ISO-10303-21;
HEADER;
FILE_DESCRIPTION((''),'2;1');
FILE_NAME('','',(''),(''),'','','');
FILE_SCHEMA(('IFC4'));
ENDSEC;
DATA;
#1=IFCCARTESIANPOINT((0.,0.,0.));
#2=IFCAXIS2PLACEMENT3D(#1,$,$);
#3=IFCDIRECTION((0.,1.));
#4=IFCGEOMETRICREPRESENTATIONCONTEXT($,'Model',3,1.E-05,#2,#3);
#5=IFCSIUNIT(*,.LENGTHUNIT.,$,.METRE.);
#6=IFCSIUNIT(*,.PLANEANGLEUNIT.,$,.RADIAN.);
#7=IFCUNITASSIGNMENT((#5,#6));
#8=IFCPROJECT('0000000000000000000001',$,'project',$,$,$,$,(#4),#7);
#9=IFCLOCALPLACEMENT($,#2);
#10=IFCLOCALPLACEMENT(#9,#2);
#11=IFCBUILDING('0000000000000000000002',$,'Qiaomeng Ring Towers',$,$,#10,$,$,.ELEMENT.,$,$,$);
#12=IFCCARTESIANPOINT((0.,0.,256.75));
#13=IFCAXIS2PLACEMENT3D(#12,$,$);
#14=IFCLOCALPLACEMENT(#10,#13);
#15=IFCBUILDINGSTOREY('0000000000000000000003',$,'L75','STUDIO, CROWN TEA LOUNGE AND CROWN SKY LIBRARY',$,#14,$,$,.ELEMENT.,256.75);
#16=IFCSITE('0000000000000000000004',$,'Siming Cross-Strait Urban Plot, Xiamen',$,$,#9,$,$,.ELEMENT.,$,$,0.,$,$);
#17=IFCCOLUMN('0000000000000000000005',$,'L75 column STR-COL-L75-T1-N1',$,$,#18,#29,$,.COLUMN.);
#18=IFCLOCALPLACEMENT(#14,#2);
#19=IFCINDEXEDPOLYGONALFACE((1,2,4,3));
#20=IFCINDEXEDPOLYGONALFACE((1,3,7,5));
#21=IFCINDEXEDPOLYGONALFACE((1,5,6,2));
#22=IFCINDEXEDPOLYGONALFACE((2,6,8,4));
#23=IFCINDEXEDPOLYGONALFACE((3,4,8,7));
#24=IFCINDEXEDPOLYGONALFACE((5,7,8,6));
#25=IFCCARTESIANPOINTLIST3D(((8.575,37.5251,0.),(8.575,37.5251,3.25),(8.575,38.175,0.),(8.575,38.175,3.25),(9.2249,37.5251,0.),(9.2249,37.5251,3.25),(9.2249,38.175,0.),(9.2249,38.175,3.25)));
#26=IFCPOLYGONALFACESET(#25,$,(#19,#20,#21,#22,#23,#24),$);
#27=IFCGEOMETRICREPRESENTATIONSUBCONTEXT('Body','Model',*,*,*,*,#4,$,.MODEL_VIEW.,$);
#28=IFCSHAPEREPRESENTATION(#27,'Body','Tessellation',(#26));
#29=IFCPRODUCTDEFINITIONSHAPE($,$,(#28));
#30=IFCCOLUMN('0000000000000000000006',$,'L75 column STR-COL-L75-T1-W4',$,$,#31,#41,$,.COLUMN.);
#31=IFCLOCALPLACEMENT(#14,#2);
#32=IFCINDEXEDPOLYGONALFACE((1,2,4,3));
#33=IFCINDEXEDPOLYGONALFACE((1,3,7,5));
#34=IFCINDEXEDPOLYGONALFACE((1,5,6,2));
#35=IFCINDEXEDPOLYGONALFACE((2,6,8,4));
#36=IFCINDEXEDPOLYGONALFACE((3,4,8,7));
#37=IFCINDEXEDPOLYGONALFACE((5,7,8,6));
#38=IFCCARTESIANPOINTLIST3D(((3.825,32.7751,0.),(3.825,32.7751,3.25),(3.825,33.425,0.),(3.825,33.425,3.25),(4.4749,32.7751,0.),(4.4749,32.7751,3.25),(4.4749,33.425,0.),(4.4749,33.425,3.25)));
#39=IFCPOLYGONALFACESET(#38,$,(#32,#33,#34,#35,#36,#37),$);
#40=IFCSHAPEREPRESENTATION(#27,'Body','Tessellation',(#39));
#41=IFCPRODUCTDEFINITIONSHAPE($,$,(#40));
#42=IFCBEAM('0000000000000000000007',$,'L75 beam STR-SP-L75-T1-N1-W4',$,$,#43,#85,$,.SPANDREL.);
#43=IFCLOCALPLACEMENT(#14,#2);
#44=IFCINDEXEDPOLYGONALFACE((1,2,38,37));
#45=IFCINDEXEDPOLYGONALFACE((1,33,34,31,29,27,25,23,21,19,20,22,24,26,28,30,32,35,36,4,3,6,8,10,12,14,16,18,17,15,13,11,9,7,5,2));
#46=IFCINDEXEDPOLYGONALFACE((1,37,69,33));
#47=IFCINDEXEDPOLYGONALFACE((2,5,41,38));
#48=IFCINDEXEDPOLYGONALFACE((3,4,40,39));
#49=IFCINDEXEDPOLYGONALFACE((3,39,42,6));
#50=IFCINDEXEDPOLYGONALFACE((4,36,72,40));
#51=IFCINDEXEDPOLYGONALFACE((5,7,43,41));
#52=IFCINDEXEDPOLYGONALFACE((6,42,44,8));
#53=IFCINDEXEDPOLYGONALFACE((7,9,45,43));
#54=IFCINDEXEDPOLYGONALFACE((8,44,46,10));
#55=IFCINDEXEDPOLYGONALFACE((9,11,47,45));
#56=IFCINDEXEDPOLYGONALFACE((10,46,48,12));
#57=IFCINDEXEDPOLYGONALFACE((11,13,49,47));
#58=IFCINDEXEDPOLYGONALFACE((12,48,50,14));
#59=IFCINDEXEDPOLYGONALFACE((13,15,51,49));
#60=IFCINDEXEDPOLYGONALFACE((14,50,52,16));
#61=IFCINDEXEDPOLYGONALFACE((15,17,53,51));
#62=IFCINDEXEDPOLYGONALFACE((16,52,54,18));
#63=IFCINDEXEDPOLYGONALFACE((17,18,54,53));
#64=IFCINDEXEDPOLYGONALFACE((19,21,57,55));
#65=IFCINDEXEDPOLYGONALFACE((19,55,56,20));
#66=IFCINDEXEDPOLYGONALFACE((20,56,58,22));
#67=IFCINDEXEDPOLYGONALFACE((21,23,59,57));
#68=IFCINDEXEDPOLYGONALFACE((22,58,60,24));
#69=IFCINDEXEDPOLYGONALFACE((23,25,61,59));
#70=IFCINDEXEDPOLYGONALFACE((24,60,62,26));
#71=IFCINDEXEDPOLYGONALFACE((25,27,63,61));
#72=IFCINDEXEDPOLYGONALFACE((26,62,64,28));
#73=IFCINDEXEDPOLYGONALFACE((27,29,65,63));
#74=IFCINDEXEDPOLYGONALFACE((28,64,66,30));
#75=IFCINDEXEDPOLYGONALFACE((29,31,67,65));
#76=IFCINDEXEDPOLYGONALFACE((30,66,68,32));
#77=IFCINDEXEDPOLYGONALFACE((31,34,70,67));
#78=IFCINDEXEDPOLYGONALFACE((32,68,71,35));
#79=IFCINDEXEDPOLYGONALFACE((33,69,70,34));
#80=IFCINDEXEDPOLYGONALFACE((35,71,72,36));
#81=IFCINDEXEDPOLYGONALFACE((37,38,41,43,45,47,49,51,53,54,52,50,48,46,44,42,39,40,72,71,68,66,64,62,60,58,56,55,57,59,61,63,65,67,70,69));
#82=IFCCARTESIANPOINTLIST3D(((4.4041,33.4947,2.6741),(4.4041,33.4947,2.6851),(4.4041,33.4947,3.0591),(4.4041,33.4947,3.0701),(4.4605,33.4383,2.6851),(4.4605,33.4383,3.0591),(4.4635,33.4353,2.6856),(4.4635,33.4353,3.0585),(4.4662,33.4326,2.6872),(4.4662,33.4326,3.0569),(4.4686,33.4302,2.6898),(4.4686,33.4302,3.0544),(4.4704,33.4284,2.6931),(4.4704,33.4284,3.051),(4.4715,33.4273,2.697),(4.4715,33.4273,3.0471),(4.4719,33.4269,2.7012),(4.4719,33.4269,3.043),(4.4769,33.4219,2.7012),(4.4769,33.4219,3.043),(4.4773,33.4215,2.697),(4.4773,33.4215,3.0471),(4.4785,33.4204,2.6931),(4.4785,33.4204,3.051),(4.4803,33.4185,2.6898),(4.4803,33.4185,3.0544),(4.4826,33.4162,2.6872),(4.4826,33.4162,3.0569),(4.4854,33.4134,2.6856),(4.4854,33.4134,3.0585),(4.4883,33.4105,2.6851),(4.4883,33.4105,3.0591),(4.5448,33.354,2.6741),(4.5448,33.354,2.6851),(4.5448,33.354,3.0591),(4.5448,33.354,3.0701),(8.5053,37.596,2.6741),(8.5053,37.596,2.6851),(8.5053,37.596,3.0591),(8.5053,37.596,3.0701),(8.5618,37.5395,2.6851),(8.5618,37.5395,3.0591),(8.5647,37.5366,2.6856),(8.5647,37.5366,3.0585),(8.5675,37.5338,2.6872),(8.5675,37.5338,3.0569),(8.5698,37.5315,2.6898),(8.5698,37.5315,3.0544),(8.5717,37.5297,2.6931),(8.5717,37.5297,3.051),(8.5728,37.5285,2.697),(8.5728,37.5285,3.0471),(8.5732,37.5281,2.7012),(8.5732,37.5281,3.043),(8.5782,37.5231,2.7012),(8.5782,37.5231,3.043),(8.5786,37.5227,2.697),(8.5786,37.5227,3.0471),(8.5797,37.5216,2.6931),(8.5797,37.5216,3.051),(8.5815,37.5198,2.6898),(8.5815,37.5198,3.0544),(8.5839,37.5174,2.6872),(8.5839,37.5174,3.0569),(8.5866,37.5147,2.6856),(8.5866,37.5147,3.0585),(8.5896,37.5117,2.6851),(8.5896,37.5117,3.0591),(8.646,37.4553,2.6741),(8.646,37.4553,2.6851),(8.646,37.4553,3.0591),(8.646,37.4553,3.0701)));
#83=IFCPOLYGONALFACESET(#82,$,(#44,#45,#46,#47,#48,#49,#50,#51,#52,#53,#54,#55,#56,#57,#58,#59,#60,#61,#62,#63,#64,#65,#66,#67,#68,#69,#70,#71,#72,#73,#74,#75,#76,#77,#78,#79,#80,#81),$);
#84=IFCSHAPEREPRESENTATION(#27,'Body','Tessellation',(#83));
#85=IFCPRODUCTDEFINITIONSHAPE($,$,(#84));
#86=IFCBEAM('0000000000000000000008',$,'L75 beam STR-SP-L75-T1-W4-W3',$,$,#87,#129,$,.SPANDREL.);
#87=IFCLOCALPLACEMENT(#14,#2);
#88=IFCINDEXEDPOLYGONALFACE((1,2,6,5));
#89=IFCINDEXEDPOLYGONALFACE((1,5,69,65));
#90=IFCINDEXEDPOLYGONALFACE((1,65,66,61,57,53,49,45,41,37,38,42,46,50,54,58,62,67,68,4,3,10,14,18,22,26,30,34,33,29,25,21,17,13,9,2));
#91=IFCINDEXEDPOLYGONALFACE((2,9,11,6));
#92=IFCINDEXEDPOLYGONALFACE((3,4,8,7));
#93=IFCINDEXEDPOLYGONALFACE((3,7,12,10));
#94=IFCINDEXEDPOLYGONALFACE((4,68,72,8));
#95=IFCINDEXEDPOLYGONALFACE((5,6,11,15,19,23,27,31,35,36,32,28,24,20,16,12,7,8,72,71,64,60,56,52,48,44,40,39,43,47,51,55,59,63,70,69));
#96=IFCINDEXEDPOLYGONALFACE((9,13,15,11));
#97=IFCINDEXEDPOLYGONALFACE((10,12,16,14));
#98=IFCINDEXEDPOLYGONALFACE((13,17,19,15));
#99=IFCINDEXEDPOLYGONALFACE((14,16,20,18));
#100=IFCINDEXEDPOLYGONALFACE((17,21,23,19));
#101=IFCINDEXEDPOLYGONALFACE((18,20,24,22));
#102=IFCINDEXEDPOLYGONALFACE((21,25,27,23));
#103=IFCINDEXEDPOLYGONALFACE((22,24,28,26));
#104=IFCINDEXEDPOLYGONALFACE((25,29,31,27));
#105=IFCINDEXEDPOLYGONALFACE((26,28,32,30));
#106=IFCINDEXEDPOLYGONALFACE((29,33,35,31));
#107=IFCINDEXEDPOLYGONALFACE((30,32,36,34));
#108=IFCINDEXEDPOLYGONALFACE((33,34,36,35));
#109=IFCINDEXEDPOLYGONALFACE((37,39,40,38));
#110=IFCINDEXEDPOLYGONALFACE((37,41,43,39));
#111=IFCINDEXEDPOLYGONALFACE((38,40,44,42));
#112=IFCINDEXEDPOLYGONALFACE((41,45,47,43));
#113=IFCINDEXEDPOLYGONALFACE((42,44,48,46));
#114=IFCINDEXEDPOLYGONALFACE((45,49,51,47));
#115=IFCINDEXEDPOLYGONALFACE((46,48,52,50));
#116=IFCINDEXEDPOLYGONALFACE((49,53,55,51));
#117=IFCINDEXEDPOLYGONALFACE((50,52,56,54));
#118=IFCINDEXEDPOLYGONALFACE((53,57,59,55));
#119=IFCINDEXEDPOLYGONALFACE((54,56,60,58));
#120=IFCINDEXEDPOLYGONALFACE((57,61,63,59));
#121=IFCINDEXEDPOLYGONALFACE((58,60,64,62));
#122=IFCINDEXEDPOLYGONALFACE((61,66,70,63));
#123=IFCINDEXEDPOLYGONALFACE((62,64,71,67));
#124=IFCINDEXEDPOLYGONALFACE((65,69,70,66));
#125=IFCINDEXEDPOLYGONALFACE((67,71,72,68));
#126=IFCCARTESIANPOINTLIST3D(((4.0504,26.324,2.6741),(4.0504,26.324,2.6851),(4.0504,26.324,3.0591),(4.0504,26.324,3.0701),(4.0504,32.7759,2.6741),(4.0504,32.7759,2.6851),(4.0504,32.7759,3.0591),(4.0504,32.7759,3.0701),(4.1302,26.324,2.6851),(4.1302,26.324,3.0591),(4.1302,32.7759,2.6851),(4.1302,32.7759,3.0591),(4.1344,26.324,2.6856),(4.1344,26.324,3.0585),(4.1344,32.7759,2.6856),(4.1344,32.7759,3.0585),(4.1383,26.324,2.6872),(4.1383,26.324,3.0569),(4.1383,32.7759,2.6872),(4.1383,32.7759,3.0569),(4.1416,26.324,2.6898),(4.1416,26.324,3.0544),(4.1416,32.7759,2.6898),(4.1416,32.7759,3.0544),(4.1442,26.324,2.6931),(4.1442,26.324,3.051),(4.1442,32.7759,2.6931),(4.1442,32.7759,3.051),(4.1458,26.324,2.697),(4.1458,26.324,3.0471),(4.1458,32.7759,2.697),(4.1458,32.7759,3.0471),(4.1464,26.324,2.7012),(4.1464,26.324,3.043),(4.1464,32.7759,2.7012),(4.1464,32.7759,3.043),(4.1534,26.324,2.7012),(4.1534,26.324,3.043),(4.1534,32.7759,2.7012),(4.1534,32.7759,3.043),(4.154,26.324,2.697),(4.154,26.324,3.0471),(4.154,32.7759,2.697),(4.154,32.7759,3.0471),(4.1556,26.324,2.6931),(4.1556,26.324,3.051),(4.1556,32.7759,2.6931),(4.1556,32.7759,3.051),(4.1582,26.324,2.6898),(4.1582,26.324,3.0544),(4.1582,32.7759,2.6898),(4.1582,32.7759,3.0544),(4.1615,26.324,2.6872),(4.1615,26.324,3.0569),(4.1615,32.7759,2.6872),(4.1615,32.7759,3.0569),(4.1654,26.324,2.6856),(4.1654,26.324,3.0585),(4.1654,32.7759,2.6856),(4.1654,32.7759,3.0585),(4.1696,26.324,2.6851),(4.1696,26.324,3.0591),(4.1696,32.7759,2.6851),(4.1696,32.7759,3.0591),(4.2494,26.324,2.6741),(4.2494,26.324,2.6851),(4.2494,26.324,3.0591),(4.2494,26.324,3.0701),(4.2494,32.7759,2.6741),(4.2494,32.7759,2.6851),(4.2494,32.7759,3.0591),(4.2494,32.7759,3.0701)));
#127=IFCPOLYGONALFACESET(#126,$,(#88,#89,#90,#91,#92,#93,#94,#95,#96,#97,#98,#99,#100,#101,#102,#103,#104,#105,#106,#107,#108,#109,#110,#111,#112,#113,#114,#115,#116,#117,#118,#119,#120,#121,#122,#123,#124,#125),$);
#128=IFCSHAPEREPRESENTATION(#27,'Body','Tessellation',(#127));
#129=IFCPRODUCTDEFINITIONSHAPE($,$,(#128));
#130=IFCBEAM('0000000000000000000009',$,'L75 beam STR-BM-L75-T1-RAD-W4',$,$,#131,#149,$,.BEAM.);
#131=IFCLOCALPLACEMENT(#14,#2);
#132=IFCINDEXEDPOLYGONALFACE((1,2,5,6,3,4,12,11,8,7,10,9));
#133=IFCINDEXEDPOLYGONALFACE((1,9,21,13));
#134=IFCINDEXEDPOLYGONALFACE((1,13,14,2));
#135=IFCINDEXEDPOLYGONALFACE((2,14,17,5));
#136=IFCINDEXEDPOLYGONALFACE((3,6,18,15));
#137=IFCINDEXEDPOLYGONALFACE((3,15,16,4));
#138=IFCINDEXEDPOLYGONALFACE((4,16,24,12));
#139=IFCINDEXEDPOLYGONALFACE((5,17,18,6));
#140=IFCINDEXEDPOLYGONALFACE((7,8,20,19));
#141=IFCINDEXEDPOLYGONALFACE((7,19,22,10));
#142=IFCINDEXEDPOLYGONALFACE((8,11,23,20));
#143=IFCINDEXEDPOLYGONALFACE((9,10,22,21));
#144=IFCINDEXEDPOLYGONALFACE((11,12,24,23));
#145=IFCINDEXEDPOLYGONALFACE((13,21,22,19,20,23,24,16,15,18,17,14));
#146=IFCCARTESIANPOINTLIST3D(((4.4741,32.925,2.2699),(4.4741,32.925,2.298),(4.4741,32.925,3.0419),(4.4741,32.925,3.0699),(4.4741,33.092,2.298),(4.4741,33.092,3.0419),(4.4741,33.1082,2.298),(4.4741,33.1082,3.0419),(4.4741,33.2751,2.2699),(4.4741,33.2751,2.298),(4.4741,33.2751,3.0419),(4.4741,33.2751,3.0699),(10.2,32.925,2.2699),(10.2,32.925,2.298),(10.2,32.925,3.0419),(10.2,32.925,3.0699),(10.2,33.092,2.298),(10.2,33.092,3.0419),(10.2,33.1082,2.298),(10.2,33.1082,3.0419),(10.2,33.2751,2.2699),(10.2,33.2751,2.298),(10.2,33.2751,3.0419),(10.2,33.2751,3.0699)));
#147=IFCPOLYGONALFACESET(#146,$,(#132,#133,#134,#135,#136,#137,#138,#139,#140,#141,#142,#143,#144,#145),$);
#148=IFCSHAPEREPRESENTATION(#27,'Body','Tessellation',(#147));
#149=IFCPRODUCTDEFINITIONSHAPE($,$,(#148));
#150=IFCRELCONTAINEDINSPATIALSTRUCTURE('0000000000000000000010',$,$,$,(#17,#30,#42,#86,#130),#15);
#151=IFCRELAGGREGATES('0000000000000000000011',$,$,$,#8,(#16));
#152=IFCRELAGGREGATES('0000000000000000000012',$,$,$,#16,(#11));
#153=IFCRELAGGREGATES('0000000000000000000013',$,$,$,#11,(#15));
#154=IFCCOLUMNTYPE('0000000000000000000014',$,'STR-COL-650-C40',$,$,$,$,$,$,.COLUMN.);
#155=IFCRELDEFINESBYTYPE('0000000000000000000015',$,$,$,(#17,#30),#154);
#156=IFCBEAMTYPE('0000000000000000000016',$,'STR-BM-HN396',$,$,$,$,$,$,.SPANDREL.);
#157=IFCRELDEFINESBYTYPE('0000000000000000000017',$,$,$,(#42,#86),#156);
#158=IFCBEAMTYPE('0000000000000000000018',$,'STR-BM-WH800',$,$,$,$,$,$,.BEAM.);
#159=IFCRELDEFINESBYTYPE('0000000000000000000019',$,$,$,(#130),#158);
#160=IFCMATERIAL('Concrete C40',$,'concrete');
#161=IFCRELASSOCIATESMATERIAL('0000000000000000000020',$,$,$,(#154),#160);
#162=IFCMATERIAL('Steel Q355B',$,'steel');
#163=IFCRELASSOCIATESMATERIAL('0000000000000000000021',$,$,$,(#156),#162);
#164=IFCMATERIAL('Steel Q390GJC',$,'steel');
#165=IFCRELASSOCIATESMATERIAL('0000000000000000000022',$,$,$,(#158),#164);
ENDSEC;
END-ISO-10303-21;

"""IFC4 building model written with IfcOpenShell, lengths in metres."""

from ifc_helpers import new_model, si_unit, direction, frame, origin, origin_2d, place, context, subcontext, project, spatial, rectangle, i_section, extrude, source, transform, mapped, material, material_profile, profile_set, type_object, element, save


model = new_model("IFC4")

# Units and contexts
model_context = context("Model", 3, precision=1e-05, world=origin(), true_north=direction((0.0, 1.0)))
body_context = subcontext(model_context, "Body", "Model", "MODEL_VIEW")
ifc_project = project(units=[si_unit("LENGTHUNIT", "METRE"), si_unit("PLANEANGLEUNIT", "RADIAN")], contexts=[model_context])

# Site, building, storey
site_placement = place(None, origin())
site = spatial("IfcSite", under=ifc_project, at=site_placement, Name="Siming Cross-Strait Urban Plot, Xiamen", CompositionType="ELEMENT", RefElevation=0.0)
building_placement = place(site_placement, origin())
building = spatial("IfcBuilding", under=site, at=building_placement, Name="Qiaomeng Ring Towers", CompositionType="ELEMENT")
storey_placement = place(building_placement, frame((0.0, 0.0, 256.75)))
storey = spatial("IfcBuildingStorey", under=building, at=storey_placement, Name="L75", Description="STUDIO, CROWN TEA LOUNGE AND CROWN SKY LIBRARY", CompositionType="ELEMENT", Elevation=256.75)

# Columns
ifc_material_1 = material(Name="Concrete C40", Category="concrete")
ifc_material_profile_1 = material_profile(ifc_material_1, rectangle(XDim=0.6499, YDim=0.6499, at=origin_2d()), Name="RC COL 650x650")
ifc_profile_set_1 = profile_set([ifc_material_profile_1], Name="Concrete C40")
column_type = type_object("IfcColumnType", Name="STR-COL-650-C40", PredefinedType="COLUMN", material=ifc_profile_set_1)
shared_shape_1 = source(origin(), body_context, "Body", "SweptSolid", [
    extrude(rectangle(XDim=0.6499, YDim=0.6499, at=origin_2d()), origin(), (0.0, 0.0, 1.0), 3.25),
])
for number, where, z_axis, x_axis, name in (
    (1, (8.8999, 37.8501, 0.0), (0.0, 0.0, 1.0), (1.0, 0.0, 0.0), "L75 column STR-COL-L75-T1-N1"),
    (2, (4.1499, 33.1001, 0.0), (0.0, 0.0, 1.0), (1.0, 0.0, 0.0), "L75 column STR-COL-L75-T1-W4"),
):
    element("IfcColumn", number, at=place(storey_placement, frame(where, z_axis=z_axis, x_axis=x_axis)), inside=storey, type_object=column_type, Name=name, PredefinedType="COLUMN", context=body_context, shape_type="MappedRepresentation", body=[
        mapped(shared_shape_1, transform((0.0, 0.0, 0.0), x_axis=(1.0, 0.0, 0.0), y_axis=(0.0, 1.0, 0.0), z_axis=(0.0, 0.0, 1.0), scale=1.0)),
    ])

# Beams
ifc_material_2 = material(Name="Steel Q355B", Category="steel")
ifc_material_profile_2 = material_profile(ifc_material_2, i_section(OverallWidth=0.199, OverallDepth=0.396, WebThickness=0.0071, FlangeThickness=0.011, FilletRadius=0.0161, at=origin_2d()), Name="HN 396x199x7x11")
ifc_profile_set_2 = profile_set([ifc_material_profile_2], Name="Steel Q355B")
beam_type_1 = type_object("IfcBeamType", Name="STR-BM-HN396", PredefinedType="SPANDREL", material=ifc_profile_set_2)
shared_shape_2 = source(origin(), body_context, "Body", "SweptSolid", [
    extrude(i_section(OverallWidth=0.199, OverallDepth=0.396, WebThickness=0.0071, FlangeThickness=0.011, FilletRadius=0.0161, at=origin_2d()), origin(), (0.0, 0.0, 1.0), 5.8),
])
beam_1_placement = place(storey_placement, frame((8.5757, 37.5256, 2.8721), z_axis=(-0.707107, -0.707107, 0.0), x_axis=(0.707107, -0.707107, 0.0)))
element("IfcBeam", 3, at=beam_1_placement, inside=storey, type_object=beam_type_1, Name="L75 beam STR-SP-L75-T1-N1-W4", PredefinedType="SPANDREL", context=body_context, shape_type="MappedRepresentation", body=[
    mapped(shared_shape_2, transform((0.0, 0.0, 0.0), x_axis=(1.0, 0.0, 0.0), y_axis=(0.0, 1.0, 0.0), z_axis=(0.0, 0.0, 1.0), scale=1.0)),
])
shared_shape_3 = source(origin(), body_context, "Body", "SweptSolid", [
    extrude(i_section(OverallWidth=0.199, OverallDepth=0.396, WebThickness=0.0071, FlangeThickness=0.011, FilletRadius=0.0161, at=origin_2d()), origin(), (0.0, 0.0, 1.0), 6.4519),
])
beam_2_placement = place(storey_placement, frame((4.1499, 32.7759, 2.8721), z_axis=(0.0, -1.0, 0.0), x_axis=(1.0, 0.0, 0.0)))
element("IfcBeam", 4, at=beam_2_placement, inside=storey, type_object=beam_type_1, Name="L75 beam STR-SP-L75-T1-W4-W3", PredefinedType="SPANDREL", context=body_context, shape_type="MappedRepresentation", body=[
    mapped(shared_shape_3, transform((0.0, 0.0, 0.0), x_axis=(1.0, 0.0, 0.0), y_axis=(0.0, 1.0, 0.0), z_axis=(0.0, 0.0, 1.0), scale=1.0)),
])
ifc_material_3 = material(Name="Steel Q390GJC", Category="steel")
ifc_material_profile_3 = material_profile(ifc_material_3, i_section(OverallWidth=0.3501, OverallDepth=0.8, WebThickness=0.0161, FlangeThickness=0.0281, at=origin_2d()), Name="WH 800x350x16x28")
ifc_profile_set_3 = profile_set([ifc_material_profile_3], Name="Steel Q390GJC")
beam_type_2 = type_object("IfcBeamType", Name="STR-BM-WH800", PredefinedType="BEAM", material=ifc_profile_set_3)
shared_shape_4 = source(origin(), body_context, "Body", "SweptSolid", [
    extrude(i_section(OverallWidth=0.3501, OverallDepth=0.8, WebThickness=0.0161, FlangeThickness=0.0281, at=origin_2d()), origin(), (0.0, 0.0, 1.0), 5.7258),
])
beam_3_placement = place(storey_placement, frame((4.4741, 33.1001, 2.6699), z_axis=(1.0, 0.0, 0.0), x_axis=(0.0, 1.0, 0.0)))
element("IfcBeam", 5, at=beam_3_placement, inside=storey, type_object=beam_type_2, Name="L75 beam STR-BM-L75-T1-RAD-W4", PredefinedType="BEAM", context=body_context, shape_type="MappedRepresentation", body=[
    mapped(shared_shape_4, transform((0.0, 0.0, 0.0), x_axis=(1.0, 0.0, 0.0), y_axis=(0.0, 1.0, 0.0), z_axis=(0.0, 0.0, 1.0), scale=1.0)),
])

save(model, "model.ifc")
